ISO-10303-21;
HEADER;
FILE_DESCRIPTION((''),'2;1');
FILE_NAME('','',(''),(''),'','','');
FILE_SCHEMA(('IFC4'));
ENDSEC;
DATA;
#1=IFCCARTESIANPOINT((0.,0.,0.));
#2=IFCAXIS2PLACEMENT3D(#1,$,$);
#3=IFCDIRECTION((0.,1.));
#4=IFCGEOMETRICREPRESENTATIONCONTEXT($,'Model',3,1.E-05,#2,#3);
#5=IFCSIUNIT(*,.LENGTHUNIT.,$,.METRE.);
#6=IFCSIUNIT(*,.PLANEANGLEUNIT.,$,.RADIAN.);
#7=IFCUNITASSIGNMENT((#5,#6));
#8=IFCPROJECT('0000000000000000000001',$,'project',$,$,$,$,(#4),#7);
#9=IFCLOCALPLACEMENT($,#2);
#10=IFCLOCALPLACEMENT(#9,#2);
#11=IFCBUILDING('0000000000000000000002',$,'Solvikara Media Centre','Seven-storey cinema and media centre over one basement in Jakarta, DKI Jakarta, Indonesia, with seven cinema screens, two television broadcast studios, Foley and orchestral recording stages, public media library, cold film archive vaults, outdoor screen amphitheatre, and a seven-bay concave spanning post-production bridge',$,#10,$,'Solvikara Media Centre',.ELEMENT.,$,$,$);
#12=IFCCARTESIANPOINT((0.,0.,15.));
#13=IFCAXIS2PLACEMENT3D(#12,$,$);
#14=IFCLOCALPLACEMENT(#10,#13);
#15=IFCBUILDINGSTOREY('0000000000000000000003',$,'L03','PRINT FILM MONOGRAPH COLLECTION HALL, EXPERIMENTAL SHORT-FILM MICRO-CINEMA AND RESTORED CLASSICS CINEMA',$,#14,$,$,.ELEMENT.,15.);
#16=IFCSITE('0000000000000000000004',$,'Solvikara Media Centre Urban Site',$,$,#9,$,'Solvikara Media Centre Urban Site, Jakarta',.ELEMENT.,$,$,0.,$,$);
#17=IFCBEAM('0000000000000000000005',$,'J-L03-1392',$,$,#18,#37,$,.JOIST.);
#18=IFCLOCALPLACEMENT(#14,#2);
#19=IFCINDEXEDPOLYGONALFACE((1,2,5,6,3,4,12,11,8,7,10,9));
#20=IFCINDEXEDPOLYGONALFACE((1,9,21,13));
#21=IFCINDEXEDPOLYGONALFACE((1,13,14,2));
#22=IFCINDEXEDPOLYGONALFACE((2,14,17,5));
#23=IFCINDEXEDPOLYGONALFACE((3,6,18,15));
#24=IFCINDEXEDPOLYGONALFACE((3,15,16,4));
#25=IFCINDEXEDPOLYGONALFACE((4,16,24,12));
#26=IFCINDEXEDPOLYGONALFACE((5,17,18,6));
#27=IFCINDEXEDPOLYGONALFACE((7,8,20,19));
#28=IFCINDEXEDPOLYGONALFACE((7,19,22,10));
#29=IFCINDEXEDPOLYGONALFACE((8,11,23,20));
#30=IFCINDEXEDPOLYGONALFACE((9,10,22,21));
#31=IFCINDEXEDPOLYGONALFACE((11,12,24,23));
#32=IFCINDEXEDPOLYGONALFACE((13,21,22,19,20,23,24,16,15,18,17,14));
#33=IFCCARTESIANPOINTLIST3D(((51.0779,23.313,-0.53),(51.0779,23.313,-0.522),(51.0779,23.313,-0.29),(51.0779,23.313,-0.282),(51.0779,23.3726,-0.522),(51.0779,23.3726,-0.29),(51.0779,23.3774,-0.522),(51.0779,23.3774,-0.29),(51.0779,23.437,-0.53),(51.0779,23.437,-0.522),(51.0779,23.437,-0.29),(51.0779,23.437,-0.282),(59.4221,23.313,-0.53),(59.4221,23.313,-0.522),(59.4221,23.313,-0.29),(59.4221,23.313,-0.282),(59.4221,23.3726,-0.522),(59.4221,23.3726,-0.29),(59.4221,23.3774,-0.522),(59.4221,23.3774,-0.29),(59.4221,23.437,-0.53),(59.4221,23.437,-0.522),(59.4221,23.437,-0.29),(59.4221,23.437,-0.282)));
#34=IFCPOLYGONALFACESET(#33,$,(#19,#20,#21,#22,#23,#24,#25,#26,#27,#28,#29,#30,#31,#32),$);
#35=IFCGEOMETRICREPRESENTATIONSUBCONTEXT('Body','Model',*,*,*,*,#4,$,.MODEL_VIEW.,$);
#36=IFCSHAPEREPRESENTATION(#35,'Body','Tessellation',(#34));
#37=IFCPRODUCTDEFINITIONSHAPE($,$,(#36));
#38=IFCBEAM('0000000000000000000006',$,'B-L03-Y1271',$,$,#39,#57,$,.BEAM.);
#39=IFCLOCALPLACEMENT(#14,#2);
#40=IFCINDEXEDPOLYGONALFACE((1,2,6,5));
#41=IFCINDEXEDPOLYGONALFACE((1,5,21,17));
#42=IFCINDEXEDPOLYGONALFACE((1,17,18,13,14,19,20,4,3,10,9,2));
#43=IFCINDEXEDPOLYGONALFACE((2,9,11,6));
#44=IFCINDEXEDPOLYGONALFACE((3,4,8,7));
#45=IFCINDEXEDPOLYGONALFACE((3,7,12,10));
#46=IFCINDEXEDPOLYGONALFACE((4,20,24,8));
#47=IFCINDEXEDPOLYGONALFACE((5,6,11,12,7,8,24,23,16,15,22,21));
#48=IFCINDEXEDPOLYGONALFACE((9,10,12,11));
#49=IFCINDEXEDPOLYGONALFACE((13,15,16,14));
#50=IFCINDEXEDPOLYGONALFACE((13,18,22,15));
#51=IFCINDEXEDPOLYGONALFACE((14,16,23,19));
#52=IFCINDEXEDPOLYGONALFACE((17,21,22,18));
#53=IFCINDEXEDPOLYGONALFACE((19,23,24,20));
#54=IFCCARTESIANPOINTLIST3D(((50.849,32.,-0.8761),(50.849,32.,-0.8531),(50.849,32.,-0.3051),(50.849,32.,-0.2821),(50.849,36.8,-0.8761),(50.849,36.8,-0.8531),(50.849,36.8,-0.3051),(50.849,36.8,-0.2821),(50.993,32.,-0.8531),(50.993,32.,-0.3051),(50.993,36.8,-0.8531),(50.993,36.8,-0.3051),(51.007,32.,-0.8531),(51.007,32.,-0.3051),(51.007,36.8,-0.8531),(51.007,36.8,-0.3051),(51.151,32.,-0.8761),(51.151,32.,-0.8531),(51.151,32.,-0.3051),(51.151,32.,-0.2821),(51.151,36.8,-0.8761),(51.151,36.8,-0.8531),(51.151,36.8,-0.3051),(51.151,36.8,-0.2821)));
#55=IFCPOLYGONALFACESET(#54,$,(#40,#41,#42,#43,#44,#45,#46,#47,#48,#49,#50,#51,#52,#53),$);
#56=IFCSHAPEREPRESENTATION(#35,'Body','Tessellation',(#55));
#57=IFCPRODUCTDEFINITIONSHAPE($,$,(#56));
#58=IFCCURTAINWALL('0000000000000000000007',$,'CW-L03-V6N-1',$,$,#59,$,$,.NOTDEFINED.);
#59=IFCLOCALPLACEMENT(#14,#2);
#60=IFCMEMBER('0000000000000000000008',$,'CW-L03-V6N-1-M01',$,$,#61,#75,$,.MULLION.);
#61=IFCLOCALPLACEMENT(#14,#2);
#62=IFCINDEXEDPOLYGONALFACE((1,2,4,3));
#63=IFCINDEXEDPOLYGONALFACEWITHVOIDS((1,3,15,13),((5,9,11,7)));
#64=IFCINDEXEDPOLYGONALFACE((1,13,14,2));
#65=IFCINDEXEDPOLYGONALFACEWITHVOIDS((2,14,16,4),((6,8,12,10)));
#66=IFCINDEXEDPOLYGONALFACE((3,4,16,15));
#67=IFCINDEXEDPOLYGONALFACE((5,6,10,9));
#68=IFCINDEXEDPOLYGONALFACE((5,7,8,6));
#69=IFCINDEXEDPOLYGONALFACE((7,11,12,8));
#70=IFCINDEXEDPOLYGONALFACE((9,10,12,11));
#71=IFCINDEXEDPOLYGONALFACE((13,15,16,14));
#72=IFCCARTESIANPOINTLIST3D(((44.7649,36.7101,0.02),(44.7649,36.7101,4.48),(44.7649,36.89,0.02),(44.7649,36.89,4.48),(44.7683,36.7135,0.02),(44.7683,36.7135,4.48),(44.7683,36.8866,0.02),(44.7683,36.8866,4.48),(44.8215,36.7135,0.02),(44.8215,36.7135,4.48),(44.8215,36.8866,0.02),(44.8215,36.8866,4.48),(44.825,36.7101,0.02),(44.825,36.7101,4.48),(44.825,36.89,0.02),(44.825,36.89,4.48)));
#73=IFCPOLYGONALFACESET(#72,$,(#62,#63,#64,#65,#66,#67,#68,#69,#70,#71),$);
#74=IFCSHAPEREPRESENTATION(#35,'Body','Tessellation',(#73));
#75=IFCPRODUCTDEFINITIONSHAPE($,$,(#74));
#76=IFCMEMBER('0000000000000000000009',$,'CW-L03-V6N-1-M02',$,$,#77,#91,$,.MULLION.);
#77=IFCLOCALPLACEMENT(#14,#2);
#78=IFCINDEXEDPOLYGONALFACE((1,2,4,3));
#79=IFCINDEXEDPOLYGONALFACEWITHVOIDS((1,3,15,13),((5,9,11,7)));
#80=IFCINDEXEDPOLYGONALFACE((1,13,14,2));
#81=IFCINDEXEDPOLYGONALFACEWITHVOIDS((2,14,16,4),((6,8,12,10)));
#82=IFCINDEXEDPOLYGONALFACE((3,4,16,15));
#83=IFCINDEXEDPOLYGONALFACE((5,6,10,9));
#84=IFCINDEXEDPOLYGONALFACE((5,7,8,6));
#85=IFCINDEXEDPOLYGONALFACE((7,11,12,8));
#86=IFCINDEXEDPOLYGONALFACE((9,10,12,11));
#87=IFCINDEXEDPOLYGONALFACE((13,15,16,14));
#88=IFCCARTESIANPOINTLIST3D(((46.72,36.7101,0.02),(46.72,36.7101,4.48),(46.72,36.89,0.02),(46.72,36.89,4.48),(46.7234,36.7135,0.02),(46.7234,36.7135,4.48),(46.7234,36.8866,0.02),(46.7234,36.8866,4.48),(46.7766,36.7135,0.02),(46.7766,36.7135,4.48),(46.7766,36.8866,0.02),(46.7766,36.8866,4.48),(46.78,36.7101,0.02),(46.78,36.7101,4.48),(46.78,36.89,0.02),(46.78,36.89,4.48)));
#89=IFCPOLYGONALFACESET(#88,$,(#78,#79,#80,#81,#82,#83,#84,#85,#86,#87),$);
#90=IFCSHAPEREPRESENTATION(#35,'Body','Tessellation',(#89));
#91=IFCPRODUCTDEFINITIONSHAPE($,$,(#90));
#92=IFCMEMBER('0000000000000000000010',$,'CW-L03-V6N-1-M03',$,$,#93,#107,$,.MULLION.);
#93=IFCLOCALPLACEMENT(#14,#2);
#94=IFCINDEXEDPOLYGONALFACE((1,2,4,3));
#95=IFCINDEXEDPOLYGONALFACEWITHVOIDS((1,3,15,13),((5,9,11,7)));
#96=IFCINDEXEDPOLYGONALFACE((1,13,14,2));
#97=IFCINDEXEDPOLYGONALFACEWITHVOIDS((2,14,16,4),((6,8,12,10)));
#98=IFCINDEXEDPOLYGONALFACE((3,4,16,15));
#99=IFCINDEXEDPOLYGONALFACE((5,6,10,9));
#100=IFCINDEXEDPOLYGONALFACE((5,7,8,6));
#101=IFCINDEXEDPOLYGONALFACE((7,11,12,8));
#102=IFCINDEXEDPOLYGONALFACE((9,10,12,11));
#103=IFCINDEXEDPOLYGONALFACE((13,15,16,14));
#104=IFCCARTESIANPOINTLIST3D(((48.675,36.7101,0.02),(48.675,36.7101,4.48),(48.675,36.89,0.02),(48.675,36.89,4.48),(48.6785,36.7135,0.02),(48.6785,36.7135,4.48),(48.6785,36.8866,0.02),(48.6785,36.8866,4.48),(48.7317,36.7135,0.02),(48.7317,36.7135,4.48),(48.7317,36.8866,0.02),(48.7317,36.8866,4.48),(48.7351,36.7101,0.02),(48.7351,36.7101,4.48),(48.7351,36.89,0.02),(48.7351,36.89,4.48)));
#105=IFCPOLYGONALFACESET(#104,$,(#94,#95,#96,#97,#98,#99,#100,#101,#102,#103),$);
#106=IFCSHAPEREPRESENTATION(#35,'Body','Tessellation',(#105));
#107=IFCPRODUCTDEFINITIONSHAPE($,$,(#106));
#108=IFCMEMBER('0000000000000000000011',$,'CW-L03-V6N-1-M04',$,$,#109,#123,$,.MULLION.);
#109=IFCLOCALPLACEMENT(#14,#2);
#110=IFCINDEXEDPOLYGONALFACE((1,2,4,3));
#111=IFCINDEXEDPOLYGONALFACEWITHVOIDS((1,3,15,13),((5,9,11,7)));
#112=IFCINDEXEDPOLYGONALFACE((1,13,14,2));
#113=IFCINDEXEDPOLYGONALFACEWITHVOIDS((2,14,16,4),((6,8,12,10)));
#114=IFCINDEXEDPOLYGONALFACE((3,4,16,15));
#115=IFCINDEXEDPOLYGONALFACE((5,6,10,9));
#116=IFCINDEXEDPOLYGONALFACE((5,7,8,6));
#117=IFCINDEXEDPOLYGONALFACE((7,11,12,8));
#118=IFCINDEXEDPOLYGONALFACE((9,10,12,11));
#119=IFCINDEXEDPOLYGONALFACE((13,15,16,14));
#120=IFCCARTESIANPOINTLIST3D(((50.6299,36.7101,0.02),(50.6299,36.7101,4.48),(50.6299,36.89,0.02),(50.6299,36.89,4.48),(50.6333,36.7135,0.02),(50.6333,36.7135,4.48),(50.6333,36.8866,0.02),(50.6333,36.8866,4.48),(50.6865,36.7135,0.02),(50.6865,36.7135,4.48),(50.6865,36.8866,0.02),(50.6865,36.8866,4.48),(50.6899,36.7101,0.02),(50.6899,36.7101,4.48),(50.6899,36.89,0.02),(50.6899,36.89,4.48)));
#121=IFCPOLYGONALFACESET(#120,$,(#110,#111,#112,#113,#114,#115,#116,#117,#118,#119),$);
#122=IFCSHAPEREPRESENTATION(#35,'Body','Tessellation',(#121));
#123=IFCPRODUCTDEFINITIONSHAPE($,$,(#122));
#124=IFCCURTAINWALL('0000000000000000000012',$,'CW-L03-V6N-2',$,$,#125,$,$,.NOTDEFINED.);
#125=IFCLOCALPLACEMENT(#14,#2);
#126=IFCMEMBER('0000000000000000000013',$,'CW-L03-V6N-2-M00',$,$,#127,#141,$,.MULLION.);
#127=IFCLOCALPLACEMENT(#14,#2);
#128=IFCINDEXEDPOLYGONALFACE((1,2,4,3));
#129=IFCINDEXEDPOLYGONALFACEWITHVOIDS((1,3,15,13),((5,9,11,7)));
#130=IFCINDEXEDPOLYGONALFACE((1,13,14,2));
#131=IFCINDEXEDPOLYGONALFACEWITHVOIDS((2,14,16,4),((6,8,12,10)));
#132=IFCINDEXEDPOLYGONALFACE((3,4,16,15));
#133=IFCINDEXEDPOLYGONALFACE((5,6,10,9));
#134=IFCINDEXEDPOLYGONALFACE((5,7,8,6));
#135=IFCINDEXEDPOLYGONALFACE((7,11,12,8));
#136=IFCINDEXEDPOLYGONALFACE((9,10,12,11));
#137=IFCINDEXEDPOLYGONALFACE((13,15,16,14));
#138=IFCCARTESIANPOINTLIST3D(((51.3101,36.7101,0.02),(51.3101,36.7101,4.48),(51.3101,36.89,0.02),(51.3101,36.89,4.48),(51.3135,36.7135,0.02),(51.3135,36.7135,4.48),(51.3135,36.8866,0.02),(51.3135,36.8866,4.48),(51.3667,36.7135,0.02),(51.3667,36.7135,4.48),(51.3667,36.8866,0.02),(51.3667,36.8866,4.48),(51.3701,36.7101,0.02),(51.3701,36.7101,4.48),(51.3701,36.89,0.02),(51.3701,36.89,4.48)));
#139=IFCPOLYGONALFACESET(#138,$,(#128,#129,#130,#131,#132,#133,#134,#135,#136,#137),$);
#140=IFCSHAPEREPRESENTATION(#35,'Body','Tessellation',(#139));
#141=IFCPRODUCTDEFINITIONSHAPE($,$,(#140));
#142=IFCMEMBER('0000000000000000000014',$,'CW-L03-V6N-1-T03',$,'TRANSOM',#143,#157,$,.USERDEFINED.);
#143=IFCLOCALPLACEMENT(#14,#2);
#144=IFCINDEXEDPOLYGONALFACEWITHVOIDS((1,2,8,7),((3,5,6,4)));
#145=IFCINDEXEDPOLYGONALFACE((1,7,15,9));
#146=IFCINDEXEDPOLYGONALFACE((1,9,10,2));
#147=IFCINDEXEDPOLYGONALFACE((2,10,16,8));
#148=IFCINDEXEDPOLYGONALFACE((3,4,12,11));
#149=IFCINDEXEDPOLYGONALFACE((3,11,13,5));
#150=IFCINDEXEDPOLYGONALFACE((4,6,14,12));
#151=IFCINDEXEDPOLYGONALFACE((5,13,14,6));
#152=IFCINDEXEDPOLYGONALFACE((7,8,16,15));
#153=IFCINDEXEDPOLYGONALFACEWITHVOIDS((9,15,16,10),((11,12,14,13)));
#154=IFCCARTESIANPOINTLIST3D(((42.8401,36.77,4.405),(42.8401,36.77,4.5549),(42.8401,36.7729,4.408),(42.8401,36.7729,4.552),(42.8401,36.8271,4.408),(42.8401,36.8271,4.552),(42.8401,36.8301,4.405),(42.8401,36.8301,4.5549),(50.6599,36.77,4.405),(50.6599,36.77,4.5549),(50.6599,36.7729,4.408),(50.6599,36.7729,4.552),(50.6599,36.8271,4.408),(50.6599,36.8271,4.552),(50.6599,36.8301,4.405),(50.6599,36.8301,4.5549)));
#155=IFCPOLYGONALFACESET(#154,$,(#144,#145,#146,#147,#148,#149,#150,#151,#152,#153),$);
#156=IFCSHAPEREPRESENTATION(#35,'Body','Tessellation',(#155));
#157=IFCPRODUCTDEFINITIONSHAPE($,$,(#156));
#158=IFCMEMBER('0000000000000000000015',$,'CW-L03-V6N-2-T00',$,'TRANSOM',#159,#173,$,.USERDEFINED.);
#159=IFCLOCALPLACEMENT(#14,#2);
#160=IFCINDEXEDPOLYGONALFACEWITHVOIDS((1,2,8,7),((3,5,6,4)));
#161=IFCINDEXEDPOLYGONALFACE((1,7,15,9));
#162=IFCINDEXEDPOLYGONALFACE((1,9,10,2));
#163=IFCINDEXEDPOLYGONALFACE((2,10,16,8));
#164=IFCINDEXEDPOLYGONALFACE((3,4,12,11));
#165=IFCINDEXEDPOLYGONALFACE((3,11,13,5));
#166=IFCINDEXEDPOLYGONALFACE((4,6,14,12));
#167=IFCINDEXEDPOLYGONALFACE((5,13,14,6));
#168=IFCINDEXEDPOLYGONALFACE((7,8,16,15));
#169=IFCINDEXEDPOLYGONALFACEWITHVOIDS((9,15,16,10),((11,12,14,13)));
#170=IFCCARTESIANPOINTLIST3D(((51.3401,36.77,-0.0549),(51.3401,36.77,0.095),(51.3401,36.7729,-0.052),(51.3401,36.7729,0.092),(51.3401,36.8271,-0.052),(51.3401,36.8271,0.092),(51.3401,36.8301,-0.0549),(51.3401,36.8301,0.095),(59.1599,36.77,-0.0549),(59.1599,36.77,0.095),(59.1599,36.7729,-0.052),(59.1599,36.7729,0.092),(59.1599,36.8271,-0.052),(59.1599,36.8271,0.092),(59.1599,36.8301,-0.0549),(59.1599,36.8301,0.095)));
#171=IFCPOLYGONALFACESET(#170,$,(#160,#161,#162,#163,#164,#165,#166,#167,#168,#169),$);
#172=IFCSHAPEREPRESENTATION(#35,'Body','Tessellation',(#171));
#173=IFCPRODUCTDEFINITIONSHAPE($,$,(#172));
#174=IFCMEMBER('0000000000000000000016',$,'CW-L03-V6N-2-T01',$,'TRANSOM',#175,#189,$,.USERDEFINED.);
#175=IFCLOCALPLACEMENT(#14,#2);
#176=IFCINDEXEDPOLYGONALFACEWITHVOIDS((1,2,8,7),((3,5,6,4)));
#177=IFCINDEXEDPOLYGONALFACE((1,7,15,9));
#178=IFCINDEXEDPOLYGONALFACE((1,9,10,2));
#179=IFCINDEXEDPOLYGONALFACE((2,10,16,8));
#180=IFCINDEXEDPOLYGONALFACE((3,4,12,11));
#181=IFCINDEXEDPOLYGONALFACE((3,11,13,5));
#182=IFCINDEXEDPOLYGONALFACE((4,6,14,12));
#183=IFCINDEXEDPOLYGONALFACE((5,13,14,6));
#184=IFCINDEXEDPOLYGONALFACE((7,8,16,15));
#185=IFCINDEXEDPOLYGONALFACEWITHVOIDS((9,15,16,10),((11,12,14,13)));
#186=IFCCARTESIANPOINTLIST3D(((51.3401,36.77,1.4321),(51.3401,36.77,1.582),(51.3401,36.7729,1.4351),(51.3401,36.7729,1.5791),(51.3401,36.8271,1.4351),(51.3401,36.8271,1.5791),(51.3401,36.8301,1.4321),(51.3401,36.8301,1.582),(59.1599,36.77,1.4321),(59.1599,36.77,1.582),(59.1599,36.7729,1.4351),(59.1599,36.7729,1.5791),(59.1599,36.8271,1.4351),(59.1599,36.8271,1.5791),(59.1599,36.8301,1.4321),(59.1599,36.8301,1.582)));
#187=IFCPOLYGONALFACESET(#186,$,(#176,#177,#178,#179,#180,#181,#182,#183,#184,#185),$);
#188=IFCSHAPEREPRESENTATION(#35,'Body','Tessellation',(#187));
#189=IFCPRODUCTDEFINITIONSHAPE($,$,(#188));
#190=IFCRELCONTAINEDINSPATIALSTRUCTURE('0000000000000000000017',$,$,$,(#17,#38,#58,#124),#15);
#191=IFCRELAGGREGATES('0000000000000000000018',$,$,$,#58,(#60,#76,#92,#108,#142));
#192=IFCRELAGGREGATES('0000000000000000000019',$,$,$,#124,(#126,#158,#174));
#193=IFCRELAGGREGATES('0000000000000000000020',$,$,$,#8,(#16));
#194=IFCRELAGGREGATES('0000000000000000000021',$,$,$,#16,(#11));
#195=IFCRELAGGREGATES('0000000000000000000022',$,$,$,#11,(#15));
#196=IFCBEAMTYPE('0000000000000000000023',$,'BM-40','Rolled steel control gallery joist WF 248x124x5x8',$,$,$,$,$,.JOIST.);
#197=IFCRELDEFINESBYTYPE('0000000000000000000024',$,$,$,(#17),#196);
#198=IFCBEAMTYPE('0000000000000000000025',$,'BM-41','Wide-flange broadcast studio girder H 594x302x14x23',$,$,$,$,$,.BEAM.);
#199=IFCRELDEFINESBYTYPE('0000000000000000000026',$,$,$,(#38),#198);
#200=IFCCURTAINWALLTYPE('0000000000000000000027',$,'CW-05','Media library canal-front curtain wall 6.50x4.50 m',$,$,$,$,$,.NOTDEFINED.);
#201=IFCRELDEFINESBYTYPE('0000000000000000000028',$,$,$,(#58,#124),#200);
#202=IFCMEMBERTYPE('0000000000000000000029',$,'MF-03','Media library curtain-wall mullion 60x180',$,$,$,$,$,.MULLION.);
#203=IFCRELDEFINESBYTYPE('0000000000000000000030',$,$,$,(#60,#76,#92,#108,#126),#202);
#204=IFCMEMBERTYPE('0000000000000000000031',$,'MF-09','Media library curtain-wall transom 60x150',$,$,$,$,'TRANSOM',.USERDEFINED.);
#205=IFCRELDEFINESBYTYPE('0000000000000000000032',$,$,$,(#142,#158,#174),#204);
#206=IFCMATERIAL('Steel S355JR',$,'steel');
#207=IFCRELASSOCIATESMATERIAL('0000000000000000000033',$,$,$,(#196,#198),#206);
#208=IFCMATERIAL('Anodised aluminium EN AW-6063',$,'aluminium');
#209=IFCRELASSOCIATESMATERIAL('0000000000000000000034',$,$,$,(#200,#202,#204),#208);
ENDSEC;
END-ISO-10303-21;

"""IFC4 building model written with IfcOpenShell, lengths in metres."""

from ifc_helpers import new_model, si_unit, direction, frame, origin, origin_2d, place, context, subcontext, project, spatial, hollow_rectangle, i_section, extrude, material, material_profile, profile_set, type_object, element, aggregate, save


model = new_model("IFC4")

# Units and contexts
model_context = context("Model", 3, precision=1e-05, world=origin(), true_north=direction((0.0, 1.0)))
body_context = subcontext(model_context, "Body", "Model", "MODEL_VIEW")
ifc_project = project(units=[si_unit("LENGTHUNIT", "METRE"), si_unit("PLANEANGLEUNIT", "RADIAN")], contexts=[model_context])

# Site, building, storey
site_placement = place(None, origin())
site = spatial("IfcSite", under=ifc_project, at=site_placement, Name="Solvikara Media Centre Urban Site", LongName="Solvikara Media Centre Urban Site, Jakarta", CompositionType="ELEMENT", RefElevation=0.0)
building_placement = place(site_placement, origin())
building = spatial("IfcBuilding", under=site, at=building_placement, Name="Solvikara Media Centre", Description="Seven-storey cinema and media centre over one basement in Jakarta, DKI Jakarta, Indonesia, with seven cinema screens, two television broadcast studios, Foley and orchestral recording stages, public media library, cold film archive vaults, outdoor screen amphitheatre, and a seven-bay concave spanning post-production bridge", LongName="Solvikara Media Centre", CompositionType="ELEMENT")
storey_placement = place(building_placement, frame((0.0, 0.0, 15.0)))
storey = spatial("IfcBuildingStorey", under=building, at=storey_placement, Name="L03", Description="PRINT FILM MONOGRAPH COLLECTION HALL, EXPERIMENTAL SHORT-FILM MICRO-CINEMA AND RESTORED CLASSICS CINEMA", CompositionType="ELEMENT", Elevation=15.0)

# Beams
ifc_material_1 = material(Name="Steel S355JR", Category="steel")
ifc_material_profile_1 = material_profile(ifc_material_1, i_section(OverallWidth=0.124, OverallDepth=0.248, WebThickness=0.0049, FlangeThickness=0.0081, at=origin_2d()), Name="WF 248x124x5x8")
ifc_profile_set_1 = profile_set([ifc_material_profile_1], Name="Steel S355JR")
beam_type_1 = type_object("IfcBeamType", Name="BM-40", Description="Rolled steel control gallery joist WF 248x124x5x8", PredefinedType="JOIST", material=ifc_profile_set_1)
beam_1_placement = place(storey_placement, frame((51.0779, 23.375, -0.406), z_axis=(1.0, 0.0, 0.0), x_axis=(0.0, 1.0, 0.0)))
element("IfcBeam", 1, at=beam_1_placement, inside=storey, type_object=beam_type_1, Name="J-L03-1392", PredefinedType="JOIST", context=body_context, shape_type="SweptSolid", body=[
    extrude(i_section(OverallWidth=0.124, OverallDepth=0.248, WebThickness=0.0049, FlangeThickness=0.0081, at=origin_2d()), origin(), (0.0, 0.0, 1.0), 8.3442),
])
ifc_material_profile_2 = material_profile(ifc_material_1, i_section(OverallWidth=0.302, OverallDepth=0.594, WebThickness=0.0139, FlangeThickness=0.0229, at=origin_2d()), Name="H 594x302x14x23")
ifc_profile_set_2 = profile_set([ifc_material_profile_2], Name="Steel S355JR")
beam_type_2 = type_object("IfcBeamType", Name="BM-41", Description="Wide-flange broadcast studio girder H 594x302x14x23", PredefinedType="BEAM", material=ifc_profile_set_2)
beam_2_placement = place(storey_placement, frame((51.0, 32.0, -0.5791), z_axis=(0.0, 1.0, 0.0), x_axis=(-1.0, 0.0, 0.0)))
element("IfcBeam", 2, at=beam_2_placement, inside=storey, type_object=beam_type_2, Name="B-L03-Y1271", PredefinedType="BEAM", context=body_context, shape_type="SweptSolid", body=[
    extrude(i_section(OverallWidth=0.302, OverallDepth=0.594, WebThickness=0.0139, FlangeThickness=0.0229, at=origin_2d()), origin(), (0.0, 0.0, 1.0), 4.8),
])

# Curtain wall, members
ifc_material_2 = material(Name="Anodised aluminium EN AW-6063", Category="aluminium")
curtain_wall_type = type_object("IfcCurtainWallType", Name="CW-05", Description="Media library canal-front curtain wall 6.50x4.50 m", PredefinedType="NOTDEFINED", material=ifc_material_2)
curtain_wall_1_placement = place(storey_placement, origin())
curtain_wall_1 = element("IfcCurtainWall", 3, at=curtain_wall_1_placement, inside=storey, type_object=curtain_wall_type, Name="CW-L03-V6N-1", PredefinedType="NOTDEFINED")
ifc_material_profile_3 = material_profile(ifc_material_2, hollow_rectangle(XDim=0.0601, YDim=0.1799, WallThickness=0.0034, at=origin_2d()), Name="ALU-M 60x180x3.5")
ifc_profile_set_3 = profile_set([ifc_material_profile_3], Name="Anodised aluminium EN AW-6063")
member_type_1 = type_object("IfcMemberType", Name="MF-03", Description="Media library curtain-wall mullion 60x180", PredefinedType="MULLION", material=ifc_profile_set_3)
member_1_placement = place(storey_placement, frame((44.7949, 36.8, 0.02), z_axis=(0.0, 0.0, 1.0), x_axis=(1.0, 0.0, 0.0)))
member_1 = element("IfcMember", 4, at=member_1_placement, type_object=member_type_1, Name="CW-L03-V6N-1-M01", PredefinedType="MULLION", context=body_context, shape_type="SweptSolid", body=[
    extrude(hollow_rectangle(XDim=0.0601, YDim=0.1799, WallThickness=0.0034, at=origin_2d()), origin(), (0.0, 0.0, 1.0), 4.46),
])
member_2_placement = place(storey_placement, frame((46.75, 36.8, 0.02), z_axis=(0.0, 0.0, 1.0), x_axis=(1.0, 0.0, 0.0)))
member_2 = element("IfcMember", 5, at=member_2_placement, type_object=member_type_1, Name="CW-L03-V6N-1-M02", PredefinedType="MULLION", context=body_context, shape_type="SweptSolid", body=[
    extrude(hollow_rectangle(XDim=0.0601, YDim=0.1799, WallThickness=0.0034, at=origin_2d()), origin(), (0.0, 0.0, 1.0), 4.46),
])
member_3_placement = place(storey_placement, frame((48.7051, 36.8, 0.02), z_axis=(0.0, 0.0, 1.0), x_axis=(1.0, 0.0, 0.0)))
member_3 = element("IfcMember", 6, at=member_3_placement, type_object=member_type_1, Name="CW-L03-V6N-1-M03", PredefinedType="MULLION", context=body_context, shape_type="SweptSolid", body=[
    extrude(hollow_rectangle(XDim=0.0601, YDim=0.1799, WallThickness=0.0034, at=origin_2d()), origin(), (0.0, 0.0, 1.0), 4.46),
])
member_4_placement = place(storey_placement, frame((50.6599, 36.8, 0.02), z_axis=(0.0, 0.0, 1.0), x_axis=(1.0, 0.0, 0.0)))
member_4 = element("IfcMember", 7, at=member_4_placement, type_object=member_type_1, Name="CW-L03-V6N-1-M04", PredefinedType="MULLION", context=body_context, shape_type="SweptSolid", body=[
    extrude(hollow_rectangle(XDim=0.0601, YDim=0.1799, WallThickness=0.0034, at=origin_2d()), origin(), (0.0, 0.0, 1.0), 4.46),
])

# Curtain wall, member
curtain_wall_2_placement = place(storey_placement, origin())
curtain_wall_2 = element("IfcCurtainWall", 8, at=curtain_wall_2_placement, inside=storey, type_object=curtain_wall_type, Name="CW-L03-V6N-2", PredefinedType="NOTDEFINED")
member_5_placement = place(storey_placement, frame((51.3401, 36.8, 0.02), z_axis=(0.0, 0.0, 1.0), x_axis=(1.0, 0.0, 0.0)))
member_5 = element("IfcMember", 9, at=member_5_placement, type_object=member_type_1, Name="CW-L03-V6N-2-M00", PredefinedType="MULLION", context=body_context, shape_type="SweptSolid", body=[
    extrude(hollow_rectangle(XDim=0.0601, YDim=0.1799, WallThickness=0.0034, at=origin_2d()), origin(), (0.0, 0.0, 1.0), 4.46),
])

# Members
ifc_material_profile_4 = material_profile(ifc_material_2, hollow_rectangle(XDim=0.0601, YDim=0.1499, WallThickness=0.0029, at=origin_2d()), Name="ALU-T 60x150x3")
ifc_profile_set_4 = profile_set([ifc_material_profile_4], Name="Anodised aluminium EN AW-6063")
member_type_2 = type_object("IfcMemberType", Name="MF-09", Description="Media library curtain-wall transom 60x150", ElementType="TRANSOM", PredefinedType="USERDEFINED", material=ifc_profile_set_4)
member_6_placement = place(storey_placement, frame((42.8401, 36.8, 4.48), z_axis=(1.0, 0.0, 0.0), x_axis=(0.0, 1.0, 0.0)))
member_6 = element("IfcMember", 10, at=member_6_placement, type_object=member_type_2, Name="CW-L03-V6N-1-T03", ObjectType="TRANSOM", PredefinedType="USERDEFINED", context=body_context, shape_type="SweptSolid", body=[
    extrude(hollow_rectangle(XDim=0.0601, YDim=0.1499, WallThickness=0.0029, at=origin_2d()), origin(), (0.0, 0.0, 1.0), 7.8198),
])
member_7_placement = place(storey_placement, frame((51.3401, 36.8, 0.02), z_axis=(1.0, 0.0, 0.0), x_axis=(0.0, 1.0, 0.0)))
member_7 = element("IfcMember", 11, at=member_7_placement, type_object=member_type_2, Name="CW-L03-V6N-2-T00", ObjectType="TRANSOM", PredefinedType="USERDEFINED", context=body_context, shape_type="SweptSolid", body=[
    extrude(hollow_rectangle(XDim=0.0601, YDim=0.1499, WallThickness=0.0029, at=origin_2d()), origin(), (0.0, 0.0, 1.0), 7.8198),
])
member_8_placement = place(storey_placement, frame((51.3401, 36.8, 1.5071), z_axis=(1.0, 0.0, 0.0), x_axis=(0.0, 1.0, 0.0)))
member_8 = element("IfcMember", 12, at=member_8_placement, type_object=member_type_2, Name="CW-L03-V6N-2-T01", ObjectType="TRANSOM", PredefinedType="USERDEFINED", context=body_context, shape_type="SweptSolid", body=[
    extrude(hollow_rectangle(XDim=0.0601, YDim=0.1499, WallThickness=0.0029, at=origin_2d()), origin(), (0.0, 0.0, 1.0), 7.8198),
])

aggregate(curtain_wall_1, [member_1, member_2, member_3, member_4, member_6])
aggregate(curtain_wall_2, [member_5, member_7, member_8])

save(model, "model.ifc")
